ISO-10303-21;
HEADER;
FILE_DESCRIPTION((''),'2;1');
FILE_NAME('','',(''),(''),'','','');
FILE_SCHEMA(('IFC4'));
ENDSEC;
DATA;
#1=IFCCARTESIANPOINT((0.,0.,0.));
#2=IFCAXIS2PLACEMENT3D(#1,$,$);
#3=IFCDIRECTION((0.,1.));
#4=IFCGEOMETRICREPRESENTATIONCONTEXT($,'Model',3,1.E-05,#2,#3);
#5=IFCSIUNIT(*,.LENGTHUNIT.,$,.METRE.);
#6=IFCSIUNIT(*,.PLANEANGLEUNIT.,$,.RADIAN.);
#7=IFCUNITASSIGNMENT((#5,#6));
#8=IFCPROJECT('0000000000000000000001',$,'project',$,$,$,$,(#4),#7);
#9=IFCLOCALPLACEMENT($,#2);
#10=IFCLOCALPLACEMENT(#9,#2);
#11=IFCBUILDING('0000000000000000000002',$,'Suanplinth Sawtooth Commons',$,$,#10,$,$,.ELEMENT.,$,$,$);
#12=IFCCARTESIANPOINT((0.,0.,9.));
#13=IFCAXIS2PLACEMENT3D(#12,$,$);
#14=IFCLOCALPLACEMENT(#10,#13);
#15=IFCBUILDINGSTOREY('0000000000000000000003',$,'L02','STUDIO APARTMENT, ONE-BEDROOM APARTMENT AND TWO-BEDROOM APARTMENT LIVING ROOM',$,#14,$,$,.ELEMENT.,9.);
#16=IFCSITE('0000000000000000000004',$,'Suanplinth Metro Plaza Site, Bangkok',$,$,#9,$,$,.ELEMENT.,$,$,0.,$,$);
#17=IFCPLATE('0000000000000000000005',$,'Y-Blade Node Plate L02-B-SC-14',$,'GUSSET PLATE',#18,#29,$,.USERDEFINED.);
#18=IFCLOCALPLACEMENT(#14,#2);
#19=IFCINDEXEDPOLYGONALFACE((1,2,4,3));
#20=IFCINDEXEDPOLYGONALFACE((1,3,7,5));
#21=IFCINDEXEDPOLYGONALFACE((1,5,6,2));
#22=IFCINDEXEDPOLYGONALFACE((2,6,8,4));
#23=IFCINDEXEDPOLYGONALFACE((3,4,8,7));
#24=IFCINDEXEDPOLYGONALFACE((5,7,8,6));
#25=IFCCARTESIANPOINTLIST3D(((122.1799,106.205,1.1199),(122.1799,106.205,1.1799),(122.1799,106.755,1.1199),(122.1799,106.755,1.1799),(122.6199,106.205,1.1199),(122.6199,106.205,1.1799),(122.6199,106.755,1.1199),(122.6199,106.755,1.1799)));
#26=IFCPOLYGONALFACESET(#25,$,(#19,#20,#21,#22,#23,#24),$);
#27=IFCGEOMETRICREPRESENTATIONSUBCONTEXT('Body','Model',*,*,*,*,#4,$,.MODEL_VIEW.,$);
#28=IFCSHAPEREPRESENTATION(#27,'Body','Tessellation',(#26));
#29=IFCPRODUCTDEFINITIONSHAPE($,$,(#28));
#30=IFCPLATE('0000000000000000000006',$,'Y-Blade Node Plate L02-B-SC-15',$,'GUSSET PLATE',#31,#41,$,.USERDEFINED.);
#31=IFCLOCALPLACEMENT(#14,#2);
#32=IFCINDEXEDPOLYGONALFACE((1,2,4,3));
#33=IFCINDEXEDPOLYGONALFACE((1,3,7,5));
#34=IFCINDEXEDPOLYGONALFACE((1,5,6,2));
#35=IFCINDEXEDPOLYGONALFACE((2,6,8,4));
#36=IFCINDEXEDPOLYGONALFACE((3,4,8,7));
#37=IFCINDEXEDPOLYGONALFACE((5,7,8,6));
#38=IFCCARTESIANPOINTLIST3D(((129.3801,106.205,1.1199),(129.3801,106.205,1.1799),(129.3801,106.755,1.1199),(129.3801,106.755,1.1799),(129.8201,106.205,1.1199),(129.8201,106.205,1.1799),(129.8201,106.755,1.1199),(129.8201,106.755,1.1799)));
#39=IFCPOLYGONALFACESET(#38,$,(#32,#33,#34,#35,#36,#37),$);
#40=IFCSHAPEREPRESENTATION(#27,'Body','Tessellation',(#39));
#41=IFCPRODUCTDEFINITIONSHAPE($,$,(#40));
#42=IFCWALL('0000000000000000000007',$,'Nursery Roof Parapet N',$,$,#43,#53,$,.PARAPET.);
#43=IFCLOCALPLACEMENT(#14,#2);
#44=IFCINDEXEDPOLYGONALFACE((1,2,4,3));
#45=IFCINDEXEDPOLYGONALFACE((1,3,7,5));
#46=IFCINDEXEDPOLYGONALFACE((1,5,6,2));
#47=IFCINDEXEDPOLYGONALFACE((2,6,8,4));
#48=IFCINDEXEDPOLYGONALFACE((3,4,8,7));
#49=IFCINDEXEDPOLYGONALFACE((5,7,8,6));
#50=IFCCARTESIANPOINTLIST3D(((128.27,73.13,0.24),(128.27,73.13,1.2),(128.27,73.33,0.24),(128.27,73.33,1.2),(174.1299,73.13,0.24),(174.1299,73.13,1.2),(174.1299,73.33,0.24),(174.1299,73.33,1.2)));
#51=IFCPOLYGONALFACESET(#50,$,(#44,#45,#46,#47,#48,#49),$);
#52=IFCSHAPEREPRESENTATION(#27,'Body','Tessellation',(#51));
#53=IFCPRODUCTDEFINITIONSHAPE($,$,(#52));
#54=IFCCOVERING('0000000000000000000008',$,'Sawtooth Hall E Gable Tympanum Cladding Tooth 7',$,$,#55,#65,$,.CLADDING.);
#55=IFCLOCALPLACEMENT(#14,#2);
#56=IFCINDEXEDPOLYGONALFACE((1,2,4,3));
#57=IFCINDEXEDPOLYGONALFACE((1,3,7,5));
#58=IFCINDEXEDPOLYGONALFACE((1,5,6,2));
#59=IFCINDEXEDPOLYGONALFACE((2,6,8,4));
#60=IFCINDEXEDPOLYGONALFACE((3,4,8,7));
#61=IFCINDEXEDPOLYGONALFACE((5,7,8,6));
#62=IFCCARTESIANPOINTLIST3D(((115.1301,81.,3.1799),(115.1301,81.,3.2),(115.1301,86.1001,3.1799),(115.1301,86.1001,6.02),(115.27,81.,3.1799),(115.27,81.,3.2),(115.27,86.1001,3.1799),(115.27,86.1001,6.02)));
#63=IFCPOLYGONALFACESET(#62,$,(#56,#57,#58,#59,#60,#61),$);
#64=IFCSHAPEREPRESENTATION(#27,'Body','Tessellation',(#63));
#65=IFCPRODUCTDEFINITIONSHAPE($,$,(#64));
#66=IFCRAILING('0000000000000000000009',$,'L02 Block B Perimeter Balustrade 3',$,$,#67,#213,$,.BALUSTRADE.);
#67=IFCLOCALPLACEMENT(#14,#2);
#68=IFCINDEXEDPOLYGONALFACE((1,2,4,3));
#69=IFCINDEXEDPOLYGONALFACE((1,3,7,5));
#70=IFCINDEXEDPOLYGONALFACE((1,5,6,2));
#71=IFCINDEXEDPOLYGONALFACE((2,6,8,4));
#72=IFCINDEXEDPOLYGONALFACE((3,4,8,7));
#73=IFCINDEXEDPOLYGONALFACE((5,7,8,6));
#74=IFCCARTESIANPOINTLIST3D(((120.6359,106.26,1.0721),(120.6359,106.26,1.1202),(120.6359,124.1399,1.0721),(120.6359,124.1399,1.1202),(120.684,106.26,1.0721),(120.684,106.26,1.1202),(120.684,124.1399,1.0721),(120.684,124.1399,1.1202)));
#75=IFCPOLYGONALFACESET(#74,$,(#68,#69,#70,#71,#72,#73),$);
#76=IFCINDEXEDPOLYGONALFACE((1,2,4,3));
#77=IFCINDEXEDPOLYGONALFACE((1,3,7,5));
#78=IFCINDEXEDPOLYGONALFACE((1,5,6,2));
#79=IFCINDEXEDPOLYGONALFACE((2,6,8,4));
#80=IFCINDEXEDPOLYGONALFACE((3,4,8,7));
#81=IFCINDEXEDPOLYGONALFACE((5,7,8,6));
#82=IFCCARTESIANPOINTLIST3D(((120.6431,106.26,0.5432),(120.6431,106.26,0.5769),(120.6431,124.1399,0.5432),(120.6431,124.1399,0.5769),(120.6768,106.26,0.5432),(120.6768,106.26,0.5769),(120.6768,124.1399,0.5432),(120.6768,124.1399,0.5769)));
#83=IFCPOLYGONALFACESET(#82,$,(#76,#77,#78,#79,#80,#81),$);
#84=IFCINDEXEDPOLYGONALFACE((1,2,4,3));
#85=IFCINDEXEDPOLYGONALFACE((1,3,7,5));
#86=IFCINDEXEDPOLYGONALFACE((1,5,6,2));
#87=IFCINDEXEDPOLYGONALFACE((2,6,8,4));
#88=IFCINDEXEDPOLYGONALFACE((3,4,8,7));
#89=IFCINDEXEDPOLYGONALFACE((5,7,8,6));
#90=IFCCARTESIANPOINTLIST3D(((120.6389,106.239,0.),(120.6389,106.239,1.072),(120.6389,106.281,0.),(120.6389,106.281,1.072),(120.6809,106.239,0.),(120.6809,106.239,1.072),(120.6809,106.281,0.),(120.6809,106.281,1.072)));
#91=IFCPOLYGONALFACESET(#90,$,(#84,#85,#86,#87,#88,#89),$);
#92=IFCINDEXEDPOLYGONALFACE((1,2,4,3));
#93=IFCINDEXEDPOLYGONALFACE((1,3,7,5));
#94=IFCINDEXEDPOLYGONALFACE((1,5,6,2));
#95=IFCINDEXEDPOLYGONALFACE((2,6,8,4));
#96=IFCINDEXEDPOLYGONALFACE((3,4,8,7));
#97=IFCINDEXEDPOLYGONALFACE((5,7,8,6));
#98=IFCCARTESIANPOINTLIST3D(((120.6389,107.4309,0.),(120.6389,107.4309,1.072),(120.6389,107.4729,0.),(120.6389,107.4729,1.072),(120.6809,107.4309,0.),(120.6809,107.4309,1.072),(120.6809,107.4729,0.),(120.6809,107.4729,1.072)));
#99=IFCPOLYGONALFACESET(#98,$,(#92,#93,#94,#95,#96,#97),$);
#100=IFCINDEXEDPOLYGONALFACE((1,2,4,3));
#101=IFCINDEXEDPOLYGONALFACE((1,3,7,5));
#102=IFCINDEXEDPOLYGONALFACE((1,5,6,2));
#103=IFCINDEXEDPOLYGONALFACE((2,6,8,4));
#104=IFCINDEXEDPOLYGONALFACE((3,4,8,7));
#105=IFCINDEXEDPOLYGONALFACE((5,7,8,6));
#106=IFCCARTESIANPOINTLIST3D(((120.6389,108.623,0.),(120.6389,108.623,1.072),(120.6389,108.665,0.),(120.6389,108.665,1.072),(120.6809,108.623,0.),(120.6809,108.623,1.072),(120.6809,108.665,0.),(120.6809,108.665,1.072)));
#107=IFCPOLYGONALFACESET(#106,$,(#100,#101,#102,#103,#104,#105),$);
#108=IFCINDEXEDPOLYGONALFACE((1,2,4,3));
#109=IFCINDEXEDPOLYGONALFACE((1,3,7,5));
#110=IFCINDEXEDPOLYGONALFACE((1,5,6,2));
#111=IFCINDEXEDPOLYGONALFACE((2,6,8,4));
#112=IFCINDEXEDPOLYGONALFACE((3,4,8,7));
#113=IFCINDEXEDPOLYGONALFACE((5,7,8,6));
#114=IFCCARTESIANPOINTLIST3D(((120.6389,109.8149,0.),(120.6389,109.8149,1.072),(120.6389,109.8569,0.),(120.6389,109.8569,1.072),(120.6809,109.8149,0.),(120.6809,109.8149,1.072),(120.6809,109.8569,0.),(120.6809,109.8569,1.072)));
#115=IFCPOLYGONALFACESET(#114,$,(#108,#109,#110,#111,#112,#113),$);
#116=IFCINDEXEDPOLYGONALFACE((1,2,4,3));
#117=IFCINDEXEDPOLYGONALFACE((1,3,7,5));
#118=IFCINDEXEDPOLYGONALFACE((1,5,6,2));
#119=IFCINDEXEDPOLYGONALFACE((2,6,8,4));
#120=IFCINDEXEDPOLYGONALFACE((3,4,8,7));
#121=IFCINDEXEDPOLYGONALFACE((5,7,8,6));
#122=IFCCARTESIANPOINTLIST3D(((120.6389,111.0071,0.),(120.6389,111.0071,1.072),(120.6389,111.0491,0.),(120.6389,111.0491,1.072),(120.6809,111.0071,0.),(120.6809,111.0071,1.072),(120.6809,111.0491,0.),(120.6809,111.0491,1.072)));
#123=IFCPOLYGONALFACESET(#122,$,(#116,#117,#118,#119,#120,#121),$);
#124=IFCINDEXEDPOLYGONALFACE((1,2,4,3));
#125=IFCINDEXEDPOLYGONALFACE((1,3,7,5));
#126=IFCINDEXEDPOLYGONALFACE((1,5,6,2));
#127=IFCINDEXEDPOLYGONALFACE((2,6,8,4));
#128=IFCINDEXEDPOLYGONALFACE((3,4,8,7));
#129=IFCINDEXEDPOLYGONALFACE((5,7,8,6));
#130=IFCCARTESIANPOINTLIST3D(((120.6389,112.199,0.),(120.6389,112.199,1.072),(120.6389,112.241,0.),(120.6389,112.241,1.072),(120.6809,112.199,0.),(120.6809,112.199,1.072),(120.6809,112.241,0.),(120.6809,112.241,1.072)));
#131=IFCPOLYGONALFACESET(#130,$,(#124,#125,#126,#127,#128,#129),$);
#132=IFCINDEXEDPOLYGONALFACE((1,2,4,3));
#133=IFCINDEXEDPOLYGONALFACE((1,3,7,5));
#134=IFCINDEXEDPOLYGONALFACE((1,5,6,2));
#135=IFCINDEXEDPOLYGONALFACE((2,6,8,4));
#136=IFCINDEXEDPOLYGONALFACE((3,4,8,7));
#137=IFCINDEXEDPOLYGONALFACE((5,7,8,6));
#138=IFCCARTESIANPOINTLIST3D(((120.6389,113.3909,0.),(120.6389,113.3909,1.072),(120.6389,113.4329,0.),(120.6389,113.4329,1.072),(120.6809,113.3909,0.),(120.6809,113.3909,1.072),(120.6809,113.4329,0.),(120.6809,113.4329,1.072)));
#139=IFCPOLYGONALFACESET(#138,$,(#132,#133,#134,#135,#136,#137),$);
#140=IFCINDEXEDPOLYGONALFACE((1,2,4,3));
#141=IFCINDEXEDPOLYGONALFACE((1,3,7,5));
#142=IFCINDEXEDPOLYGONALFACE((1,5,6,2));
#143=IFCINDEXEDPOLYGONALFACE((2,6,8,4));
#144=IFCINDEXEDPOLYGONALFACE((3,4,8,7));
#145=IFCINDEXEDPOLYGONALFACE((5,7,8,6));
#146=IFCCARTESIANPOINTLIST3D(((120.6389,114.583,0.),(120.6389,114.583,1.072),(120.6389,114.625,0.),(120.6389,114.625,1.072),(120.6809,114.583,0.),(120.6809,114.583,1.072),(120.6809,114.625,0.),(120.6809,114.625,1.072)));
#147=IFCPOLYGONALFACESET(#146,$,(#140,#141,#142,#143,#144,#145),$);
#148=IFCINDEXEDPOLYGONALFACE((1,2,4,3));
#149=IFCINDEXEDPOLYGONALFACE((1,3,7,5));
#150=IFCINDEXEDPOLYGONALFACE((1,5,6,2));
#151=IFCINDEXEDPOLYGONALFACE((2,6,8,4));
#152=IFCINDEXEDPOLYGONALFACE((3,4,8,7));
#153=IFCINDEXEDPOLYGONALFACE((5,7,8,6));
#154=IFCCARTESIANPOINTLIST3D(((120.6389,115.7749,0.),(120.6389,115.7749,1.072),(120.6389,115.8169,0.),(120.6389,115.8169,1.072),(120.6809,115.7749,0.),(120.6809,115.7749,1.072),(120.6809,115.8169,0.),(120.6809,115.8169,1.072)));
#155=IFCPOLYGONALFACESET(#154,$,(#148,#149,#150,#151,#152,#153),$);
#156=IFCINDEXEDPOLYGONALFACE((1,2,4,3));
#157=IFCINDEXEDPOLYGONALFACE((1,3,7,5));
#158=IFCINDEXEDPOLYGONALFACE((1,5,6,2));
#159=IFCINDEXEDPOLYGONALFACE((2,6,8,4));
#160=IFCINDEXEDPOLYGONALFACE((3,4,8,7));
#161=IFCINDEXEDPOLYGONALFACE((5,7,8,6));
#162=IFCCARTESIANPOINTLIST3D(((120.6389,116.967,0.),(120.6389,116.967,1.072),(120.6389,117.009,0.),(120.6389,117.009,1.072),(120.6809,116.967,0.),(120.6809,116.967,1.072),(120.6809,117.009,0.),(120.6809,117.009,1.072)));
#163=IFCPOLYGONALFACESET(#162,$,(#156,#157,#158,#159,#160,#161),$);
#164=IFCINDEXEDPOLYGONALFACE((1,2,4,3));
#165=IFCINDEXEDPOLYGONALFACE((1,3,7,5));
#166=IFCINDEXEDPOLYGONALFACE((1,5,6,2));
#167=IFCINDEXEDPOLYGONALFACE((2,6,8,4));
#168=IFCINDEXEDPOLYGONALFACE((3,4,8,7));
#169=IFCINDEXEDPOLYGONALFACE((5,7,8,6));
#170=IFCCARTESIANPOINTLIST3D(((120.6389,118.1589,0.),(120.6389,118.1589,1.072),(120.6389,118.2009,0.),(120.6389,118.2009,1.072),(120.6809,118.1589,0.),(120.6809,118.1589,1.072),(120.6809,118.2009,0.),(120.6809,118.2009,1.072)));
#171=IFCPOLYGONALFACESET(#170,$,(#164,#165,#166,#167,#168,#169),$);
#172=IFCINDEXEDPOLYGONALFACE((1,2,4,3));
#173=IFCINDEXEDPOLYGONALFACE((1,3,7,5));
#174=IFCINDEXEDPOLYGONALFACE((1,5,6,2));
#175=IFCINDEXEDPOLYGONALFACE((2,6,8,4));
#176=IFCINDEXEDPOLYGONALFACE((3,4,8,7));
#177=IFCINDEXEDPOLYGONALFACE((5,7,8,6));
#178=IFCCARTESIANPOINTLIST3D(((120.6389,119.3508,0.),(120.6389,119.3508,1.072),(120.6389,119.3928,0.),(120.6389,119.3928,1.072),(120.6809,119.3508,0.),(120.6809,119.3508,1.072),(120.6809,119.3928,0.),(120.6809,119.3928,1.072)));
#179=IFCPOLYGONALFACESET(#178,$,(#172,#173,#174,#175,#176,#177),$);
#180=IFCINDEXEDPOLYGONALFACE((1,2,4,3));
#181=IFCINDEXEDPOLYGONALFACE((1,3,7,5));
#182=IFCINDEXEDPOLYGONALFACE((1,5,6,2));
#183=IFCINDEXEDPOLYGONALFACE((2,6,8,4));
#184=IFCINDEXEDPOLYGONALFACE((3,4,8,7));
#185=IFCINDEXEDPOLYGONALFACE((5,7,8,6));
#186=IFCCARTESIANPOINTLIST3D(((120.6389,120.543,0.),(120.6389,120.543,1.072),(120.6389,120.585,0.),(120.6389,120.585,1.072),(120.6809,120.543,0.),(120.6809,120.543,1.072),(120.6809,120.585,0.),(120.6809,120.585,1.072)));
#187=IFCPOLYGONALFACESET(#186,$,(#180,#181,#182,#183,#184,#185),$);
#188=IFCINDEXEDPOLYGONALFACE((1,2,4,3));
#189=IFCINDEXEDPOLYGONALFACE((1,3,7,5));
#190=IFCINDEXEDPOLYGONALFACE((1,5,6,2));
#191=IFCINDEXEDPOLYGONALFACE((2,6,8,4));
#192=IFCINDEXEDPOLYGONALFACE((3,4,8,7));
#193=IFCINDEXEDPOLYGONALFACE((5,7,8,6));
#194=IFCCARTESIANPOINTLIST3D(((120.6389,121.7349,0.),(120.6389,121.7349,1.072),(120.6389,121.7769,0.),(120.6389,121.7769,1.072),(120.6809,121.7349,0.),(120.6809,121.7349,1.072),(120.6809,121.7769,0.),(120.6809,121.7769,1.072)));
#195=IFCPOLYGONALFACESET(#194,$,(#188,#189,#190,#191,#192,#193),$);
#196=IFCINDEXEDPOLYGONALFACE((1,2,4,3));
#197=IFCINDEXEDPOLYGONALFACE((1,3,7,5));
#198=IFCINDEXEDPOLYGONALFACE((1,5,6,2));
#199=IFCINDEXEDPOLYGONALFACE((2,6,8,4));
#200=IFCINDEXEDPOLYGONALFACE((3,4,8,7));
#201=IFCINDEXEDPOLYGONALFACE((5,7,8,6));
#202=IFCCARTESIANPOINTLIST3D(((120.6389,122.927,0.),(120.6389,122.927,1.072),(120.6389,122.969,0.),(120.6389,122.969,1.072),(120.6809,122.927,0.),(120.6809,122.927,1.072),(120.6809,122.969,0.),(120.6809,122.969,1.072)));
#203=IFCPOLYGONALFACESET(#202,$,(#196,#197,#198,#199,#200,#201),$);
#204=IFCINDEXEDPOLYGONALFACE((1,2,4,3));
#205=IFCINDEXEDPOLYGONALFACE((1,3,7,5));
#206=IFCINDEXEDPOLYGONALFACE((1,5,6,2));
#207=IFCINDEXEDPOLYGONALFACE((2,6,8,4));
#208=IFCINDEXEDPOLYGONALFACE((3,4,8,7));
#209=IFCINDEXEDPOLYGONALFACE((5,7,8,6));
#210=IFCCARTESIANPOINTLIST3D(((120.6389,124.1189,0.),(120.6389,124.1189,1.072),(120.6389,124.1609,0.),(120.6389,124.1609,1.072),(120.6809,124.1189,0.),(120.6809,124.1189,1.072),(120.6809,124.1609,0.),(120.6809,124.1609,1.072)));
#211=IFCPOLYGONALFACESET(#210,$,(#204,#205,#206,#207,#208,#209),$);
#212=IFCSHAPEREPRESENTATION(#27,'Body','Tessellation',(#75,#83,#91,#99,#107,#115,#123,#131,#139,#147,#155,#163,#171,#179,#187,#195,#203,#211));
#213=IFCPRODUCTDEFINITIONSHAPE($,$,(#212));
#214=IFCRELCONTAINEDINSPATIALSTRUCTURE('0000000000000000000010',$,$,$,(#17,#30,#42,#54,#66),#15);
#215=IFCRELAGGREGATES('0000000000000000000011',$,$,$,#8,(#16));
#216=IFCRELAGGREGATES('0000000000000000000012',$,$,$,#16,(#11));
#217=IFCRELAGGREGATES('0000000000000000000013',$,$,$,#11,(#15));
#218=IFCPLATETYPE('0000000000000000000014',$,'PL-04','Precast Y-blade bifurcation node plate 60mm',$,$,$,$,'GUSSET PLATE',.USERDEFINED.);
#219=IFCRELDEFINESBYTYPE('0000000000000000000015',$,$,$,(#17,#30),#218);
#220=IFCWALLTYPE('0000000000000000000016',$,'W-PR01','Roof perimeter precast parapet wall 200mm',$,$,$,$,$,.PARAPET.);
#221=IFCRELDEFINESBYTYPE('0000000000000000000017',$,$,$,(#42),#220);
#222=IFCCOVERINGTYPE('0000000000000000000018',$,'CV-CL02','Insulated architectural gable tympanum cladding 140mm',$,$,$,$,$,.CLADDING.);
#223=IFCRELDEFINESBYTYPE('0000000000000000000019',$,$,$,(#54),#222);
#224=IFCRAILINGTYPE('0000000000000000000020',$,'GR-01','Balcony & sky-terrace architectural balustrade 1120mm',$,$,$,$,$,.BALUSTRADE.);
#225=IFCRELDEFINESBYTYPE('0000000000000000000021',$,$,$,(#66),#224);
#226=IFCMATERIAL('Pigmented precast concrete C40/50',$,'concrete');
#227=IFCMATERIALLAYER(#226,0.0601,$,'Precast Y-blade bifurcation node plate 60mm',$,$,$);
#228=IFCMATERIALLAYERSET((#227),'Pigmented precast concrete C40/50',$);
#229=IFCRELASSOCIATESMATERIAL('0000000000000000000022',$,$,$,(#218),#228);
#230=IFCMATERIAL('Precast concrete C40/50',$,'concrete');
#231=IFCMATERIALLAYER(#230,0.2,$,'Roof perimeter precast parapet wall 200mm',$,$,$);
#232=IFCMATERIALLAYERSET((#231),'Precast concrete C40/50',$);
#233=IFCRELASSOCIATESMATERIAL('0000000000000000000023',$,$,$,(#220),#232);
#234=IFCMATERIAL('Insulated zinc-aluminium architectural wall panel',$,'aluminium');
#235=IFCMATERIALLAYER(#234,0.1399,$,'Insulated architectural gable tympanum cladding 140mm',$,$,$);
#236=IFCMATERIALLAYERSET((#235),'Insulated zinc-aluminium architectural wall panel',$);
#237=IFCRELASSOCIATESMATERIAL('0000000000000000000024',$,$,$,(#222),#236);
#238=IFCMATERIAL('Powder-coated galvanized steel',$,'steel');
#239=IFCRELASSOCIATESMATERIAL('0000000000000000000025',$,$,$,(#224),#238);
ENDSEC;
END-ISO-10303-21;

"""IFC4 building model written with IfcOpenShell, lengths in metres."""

from ifc_helpers import new_model, si_unit, direction, frame, frame_2d, origin, origin_2d, place, context, subcontext, project, spatial, polyline, rectangle, outline, extrude, material, layer, layer_set, type_object, element, save


model = new_model("IFC4")

# Units and contexts
model_context = context("Model", 3, precision=1e-05, world=origin(), true_north=direction((0.0, 1.0)))
body_context = subcontext(model_context, "Body", "Model", "MODEL_VIEW")
ifc_project = project(units=[si_unit("LENGTHUNIT", "METRE"), si_unit("PLANEANGLEUNIT", "RADIAN")], contexts=[model_context])

# Site, building, storey
site_placement = place(None, origin())
site = spatial("IfcSite", under=ifc_project, at=site_placement, Name="Suanplinth Metro Plaza Site, Bangkok", CompositionType="ELEMENT", RefElevation=0.0)
building_placement = place(site_placement, origin())
building = spatial("IfcBuilding", under=site, at=building_placement, Name="Suanplinth Sawtooth Commons", CompositionType="ELEMENT")
storey_placement = place(building_placement, frame((0.0, 0.0, 9.0)))
storey = spatial("IfcBuildingStorey", under=building, at=storey_placement, Name="L02", Description="STUDIO APARTMENT, ONE-BEDROOM APARTMENT AND TWO-BEDROOM APARTMENT LIVING ROOM", CompositionType="ELEMENT", Elevation=9.0)

# Shared definitions
ifc_material_1 = material(Name="Precast concrete C40/50", Category="concrete")

# Shared definitions
ifc_material_2 = material(Name="Pigmented precast concrete C40/50", Category="concrete")

# Plates
ifc_layer_1 = layer(ifc_material_2, 0.0601, Name="Precast Y-blade bifurcation node plate 60mm")
ifc_layer_set_1 = layer_set([ifc_layer_1], Name="Pigmented precast concrete C40/50")
plate_type_1 = type_object("IfcPlateType", Name="PL-04", Description="Precast Y-blade bifurcation node plate 60mm", ElementType="GUSSET PLATE", PredefinedType="USERDEFINED", material=ifc_layer_set_1)
for number, where, z_axis, x_axis, name in (
    (1, (122.3999, 106.48, 1.1199), (0.0, 0.0, 1.0), (1.0, 0.0, 0.0), "Y-Blade Node Plate L02-B-SC-14"),
    (2, (129.6001, 106.48, 1.1199), (0.0, 0.0, 1.0), (1.0, 0.0, 0.0), "Y-Blade Node Plate L02-B-SC-15"),
):
    element("IfcPlate", number, at=place(storey_placement, frame(where, z_axis=z_axis, x_axis=x_axis)), inside=storey, type_object=plate_type_1, Name=name, ObjectType="GUSSET PLATE", PredefinedType="USERDEFINED", context=body_context, shape_type="SweptSolid", body=[
        extrude(rectangle(XDim=0.4399, YDim=0.55, at=origin_2d()), origin(), (0.0, 0.0, 1.0), 0.0601),
    ])

# Wall
ifc_layer_2 = layer(ifc_material_1, 0.2, Name="Roof perimeter precast parapet wall 200mm")
ifc_layer_set_2 = layer_set([ifc_layer_2], Name="Precast concrete C40/50")
wall_type = type_object("IfcWallType", Name="W-PR01", Description="Roof perimeter precast parapet wall 200mm", PredefinedType="PARAPET", material=ifc_layer_set_2)
wall_placement = place(storey_placement, frame((128.27, 73.23, 0.24), z_axis=(0.0, 0.0, 1.0), x_axis=(1.0, 0.0, 0.0)))
element("IfcWall", 3, at=wall_placement, inside=storey, type_object=wall_type, Name="Nursery Roof Parapet N", PredefinedType="PARAPET", context=body_context, shape_type="SweptSolid", body=[
    extrude(rectangle(XDim=45.8599, YDim=0.2, at=frame_2d((22.9299, 0.0))), origin(), (0.0, 0.0, 1.0), 0.96),
])

# Covering
ifc_material_3 = material(Name="Insulated zinc-aluminium architectural wall panel", Category="aluminium")
ifc_layer_3 = layer(ifc_material_3, 0.1399, Name="Insulated architectural gable tympanum cladding 140mm")
ifc_layer_set_3 = layer_set([ifc_layer_3], Name="Insulated zinc-aluminium architectural wall panel")
covering_type = type_object("IfcCoveringType", Name="CV-CL02", Description="Insulated architectural gable tympanum cladding 140mm", PredefinedType="CLADDING", material=ifc_layer_set_3)
covering_placement = place(storey_placement, frame((115.2, 81.0, 3.1799), z_axis=(0.0, 0.0, 1.0), x_axis=(0.0, 1.0, 0.0)))
element("IfcCovering", 4, at=covering_placement, inside=storey, type_object=covering_type, Name="Sawtooth Hall E Gable Tympanum Cladding Tooth 7", PredefinedType="CLADDING", context=body_context, shape_type="SweptSolid", body=[
    extrude(outline(polyline([(0.0, 0.0), (5.1001, 0.0), (5.1001, 2.8401), (0.0, 0.02), (0.0, 0.0)])), frame((0.0, 0.0698, 0.0), z_axis=(0.0, -1.0, 0.0), x_axis=(1.0, 0.0, 0.0)), (0.0, 0.0, 1.0), 0.1399),
])

# Railing
ifc_material_4 = material(Name="Powder-coated galvanized steel", Category="steel")
railing_type = type_object("IfcRailingType", Name="GR-01", Description="Balcony & sky-terrace architectural balustrade 1120mm", PredefinedType="BALUSTRADE", material=ifc_material_4)
railing_1_placement = place(storey_placement, frame((120.6599, 106.26, 0.0)))
element("IfcRailing", 5, at=railing_1_placement, inside=storey, type_object=railing_type, Name="L02 Block B Perimeter Balustrade 3", PredefinedType="BALUSTRADE", context=body_context, shape_type="SweptSolid", body=[
    extrude(rectangle(XDim=0.0481, YDim=0.0481, at=origin_2d()), frame((0.0, 0.0, 1.0962), z_axis=(0.0, 1.0, 0.0), x_axis=(-1.0, 0.0, 0.0)), (0.0, 0.0, 1.0), 17.8799),
    extrude(rectangle(XDim=0.0337, YDim=0.0337, at=origin_2d()), frame((0.0, 0.0, 0.5601), z_axis=(0.0, 1.0, 0.0), x_axis=(-1.0, 0.0, 0.0)), (0.0, 0.0, 1.0), 17.8799),
    extrude(rectangle(XDim=0.042, YDim=0.042, at=origin_2d()), origin(), (0.0, 0.0, 1.0), 1.072),
    extrude(rectangle(XDim=0.042, YDim=0.042, at=origin_2d()), frame((0.0, 1.1919, 0.0)), (0.0, 0.0, 1.0), 1.072),
    extrude(rectangle(XDim=0.042, YDim=0.042, at=origin_2d()), frame((0.0, 2.384, 0.0)), (0.0, 0.0, 1.0), 1.072),
    extrude(rectangle(XDim=0.042, YDim=0.042, at=origin_2d()), frame((0.0, 3.5759, 0.0)), (0.0, 0.0, 1.0), 1.072),
    extrude(rectangle(XDim=0.042, YDim=0.042, at=origin_2d()), frame((0.0, 4.7681, 0.0)), (0.0, 0.0, 1.0), 1.072),
    extrude(rectangle(XDim=0.042, YDim=0.042, at=origin_2d()), frame((0.0, 5.96, 0.0)), (0.0, 0.0, 1.0), 1.072),
    extrude(rectangle(XDim=0.042, YDim=0.042, at=origin_2d()), frame((0.0, 7.1519, 0.0)), (0.0, 0.0, 1.0), 1.072),
    extrude(rectangle(XDim=0.042, YDim=0.042, at=origin_2d()), frame((0.0, 8.344, 0.0)), (0.0, 0.0, 1.0), 1.072),
    extrude(rectangle(XDim=0.042, YDim=0.042, at=origin_2d()), frame((0.0, 9.5359, 0.0)), (0.0, 0.0, 1.0), 1.072),
    extrude(rectangle(XDim=0.042, YDim=0.042, at=origin_2d()), frame((0.0, 10.728, 0.0)), (0.0, 0.0, 1.0), 1.072),
    extrude(rectangle(XDim=0.042, YDim=0.042, at=origin_2d()), frame((0.0, 11.9199, 0.0)), (0.0, 0.0, 1.0), 1.072),
    extrude(rectangle(XDim=0.042, YDim=0.042, at=origin_2d()), frame((0.0, 13.1118, 0.0)), (0.0, 0.0, 1.0), 1.072),
    extrude(rectangle(XDim=0.042, YDim=0.042, at=origin_2d()), frame((0.0, 14.304, 0.0)), (0.0, 0.0, 1.0), 1.072),
    extrude(rectangle(XDim=0.042, YDim=0.042, at=origin_2d()), frame((0.0, 15.4958, 0.0)), (0.0, 0.0, 1.0), 1.072),
    extrude(rectangle(XDim=0.042, YDim=0.042, at=origin_2d()), frame((0.0, 16.688, 0.0)), (0.0, 0.0, 1.0), 1.072),
    extrude(rectangle(XDim=0.042, YDim=0.042, at=origin_2d()), frame((0.0, 17.8799, 0.0)), (0.0, 0.0, 1.0), 1.072),
])

save(model, "model.ifc")
